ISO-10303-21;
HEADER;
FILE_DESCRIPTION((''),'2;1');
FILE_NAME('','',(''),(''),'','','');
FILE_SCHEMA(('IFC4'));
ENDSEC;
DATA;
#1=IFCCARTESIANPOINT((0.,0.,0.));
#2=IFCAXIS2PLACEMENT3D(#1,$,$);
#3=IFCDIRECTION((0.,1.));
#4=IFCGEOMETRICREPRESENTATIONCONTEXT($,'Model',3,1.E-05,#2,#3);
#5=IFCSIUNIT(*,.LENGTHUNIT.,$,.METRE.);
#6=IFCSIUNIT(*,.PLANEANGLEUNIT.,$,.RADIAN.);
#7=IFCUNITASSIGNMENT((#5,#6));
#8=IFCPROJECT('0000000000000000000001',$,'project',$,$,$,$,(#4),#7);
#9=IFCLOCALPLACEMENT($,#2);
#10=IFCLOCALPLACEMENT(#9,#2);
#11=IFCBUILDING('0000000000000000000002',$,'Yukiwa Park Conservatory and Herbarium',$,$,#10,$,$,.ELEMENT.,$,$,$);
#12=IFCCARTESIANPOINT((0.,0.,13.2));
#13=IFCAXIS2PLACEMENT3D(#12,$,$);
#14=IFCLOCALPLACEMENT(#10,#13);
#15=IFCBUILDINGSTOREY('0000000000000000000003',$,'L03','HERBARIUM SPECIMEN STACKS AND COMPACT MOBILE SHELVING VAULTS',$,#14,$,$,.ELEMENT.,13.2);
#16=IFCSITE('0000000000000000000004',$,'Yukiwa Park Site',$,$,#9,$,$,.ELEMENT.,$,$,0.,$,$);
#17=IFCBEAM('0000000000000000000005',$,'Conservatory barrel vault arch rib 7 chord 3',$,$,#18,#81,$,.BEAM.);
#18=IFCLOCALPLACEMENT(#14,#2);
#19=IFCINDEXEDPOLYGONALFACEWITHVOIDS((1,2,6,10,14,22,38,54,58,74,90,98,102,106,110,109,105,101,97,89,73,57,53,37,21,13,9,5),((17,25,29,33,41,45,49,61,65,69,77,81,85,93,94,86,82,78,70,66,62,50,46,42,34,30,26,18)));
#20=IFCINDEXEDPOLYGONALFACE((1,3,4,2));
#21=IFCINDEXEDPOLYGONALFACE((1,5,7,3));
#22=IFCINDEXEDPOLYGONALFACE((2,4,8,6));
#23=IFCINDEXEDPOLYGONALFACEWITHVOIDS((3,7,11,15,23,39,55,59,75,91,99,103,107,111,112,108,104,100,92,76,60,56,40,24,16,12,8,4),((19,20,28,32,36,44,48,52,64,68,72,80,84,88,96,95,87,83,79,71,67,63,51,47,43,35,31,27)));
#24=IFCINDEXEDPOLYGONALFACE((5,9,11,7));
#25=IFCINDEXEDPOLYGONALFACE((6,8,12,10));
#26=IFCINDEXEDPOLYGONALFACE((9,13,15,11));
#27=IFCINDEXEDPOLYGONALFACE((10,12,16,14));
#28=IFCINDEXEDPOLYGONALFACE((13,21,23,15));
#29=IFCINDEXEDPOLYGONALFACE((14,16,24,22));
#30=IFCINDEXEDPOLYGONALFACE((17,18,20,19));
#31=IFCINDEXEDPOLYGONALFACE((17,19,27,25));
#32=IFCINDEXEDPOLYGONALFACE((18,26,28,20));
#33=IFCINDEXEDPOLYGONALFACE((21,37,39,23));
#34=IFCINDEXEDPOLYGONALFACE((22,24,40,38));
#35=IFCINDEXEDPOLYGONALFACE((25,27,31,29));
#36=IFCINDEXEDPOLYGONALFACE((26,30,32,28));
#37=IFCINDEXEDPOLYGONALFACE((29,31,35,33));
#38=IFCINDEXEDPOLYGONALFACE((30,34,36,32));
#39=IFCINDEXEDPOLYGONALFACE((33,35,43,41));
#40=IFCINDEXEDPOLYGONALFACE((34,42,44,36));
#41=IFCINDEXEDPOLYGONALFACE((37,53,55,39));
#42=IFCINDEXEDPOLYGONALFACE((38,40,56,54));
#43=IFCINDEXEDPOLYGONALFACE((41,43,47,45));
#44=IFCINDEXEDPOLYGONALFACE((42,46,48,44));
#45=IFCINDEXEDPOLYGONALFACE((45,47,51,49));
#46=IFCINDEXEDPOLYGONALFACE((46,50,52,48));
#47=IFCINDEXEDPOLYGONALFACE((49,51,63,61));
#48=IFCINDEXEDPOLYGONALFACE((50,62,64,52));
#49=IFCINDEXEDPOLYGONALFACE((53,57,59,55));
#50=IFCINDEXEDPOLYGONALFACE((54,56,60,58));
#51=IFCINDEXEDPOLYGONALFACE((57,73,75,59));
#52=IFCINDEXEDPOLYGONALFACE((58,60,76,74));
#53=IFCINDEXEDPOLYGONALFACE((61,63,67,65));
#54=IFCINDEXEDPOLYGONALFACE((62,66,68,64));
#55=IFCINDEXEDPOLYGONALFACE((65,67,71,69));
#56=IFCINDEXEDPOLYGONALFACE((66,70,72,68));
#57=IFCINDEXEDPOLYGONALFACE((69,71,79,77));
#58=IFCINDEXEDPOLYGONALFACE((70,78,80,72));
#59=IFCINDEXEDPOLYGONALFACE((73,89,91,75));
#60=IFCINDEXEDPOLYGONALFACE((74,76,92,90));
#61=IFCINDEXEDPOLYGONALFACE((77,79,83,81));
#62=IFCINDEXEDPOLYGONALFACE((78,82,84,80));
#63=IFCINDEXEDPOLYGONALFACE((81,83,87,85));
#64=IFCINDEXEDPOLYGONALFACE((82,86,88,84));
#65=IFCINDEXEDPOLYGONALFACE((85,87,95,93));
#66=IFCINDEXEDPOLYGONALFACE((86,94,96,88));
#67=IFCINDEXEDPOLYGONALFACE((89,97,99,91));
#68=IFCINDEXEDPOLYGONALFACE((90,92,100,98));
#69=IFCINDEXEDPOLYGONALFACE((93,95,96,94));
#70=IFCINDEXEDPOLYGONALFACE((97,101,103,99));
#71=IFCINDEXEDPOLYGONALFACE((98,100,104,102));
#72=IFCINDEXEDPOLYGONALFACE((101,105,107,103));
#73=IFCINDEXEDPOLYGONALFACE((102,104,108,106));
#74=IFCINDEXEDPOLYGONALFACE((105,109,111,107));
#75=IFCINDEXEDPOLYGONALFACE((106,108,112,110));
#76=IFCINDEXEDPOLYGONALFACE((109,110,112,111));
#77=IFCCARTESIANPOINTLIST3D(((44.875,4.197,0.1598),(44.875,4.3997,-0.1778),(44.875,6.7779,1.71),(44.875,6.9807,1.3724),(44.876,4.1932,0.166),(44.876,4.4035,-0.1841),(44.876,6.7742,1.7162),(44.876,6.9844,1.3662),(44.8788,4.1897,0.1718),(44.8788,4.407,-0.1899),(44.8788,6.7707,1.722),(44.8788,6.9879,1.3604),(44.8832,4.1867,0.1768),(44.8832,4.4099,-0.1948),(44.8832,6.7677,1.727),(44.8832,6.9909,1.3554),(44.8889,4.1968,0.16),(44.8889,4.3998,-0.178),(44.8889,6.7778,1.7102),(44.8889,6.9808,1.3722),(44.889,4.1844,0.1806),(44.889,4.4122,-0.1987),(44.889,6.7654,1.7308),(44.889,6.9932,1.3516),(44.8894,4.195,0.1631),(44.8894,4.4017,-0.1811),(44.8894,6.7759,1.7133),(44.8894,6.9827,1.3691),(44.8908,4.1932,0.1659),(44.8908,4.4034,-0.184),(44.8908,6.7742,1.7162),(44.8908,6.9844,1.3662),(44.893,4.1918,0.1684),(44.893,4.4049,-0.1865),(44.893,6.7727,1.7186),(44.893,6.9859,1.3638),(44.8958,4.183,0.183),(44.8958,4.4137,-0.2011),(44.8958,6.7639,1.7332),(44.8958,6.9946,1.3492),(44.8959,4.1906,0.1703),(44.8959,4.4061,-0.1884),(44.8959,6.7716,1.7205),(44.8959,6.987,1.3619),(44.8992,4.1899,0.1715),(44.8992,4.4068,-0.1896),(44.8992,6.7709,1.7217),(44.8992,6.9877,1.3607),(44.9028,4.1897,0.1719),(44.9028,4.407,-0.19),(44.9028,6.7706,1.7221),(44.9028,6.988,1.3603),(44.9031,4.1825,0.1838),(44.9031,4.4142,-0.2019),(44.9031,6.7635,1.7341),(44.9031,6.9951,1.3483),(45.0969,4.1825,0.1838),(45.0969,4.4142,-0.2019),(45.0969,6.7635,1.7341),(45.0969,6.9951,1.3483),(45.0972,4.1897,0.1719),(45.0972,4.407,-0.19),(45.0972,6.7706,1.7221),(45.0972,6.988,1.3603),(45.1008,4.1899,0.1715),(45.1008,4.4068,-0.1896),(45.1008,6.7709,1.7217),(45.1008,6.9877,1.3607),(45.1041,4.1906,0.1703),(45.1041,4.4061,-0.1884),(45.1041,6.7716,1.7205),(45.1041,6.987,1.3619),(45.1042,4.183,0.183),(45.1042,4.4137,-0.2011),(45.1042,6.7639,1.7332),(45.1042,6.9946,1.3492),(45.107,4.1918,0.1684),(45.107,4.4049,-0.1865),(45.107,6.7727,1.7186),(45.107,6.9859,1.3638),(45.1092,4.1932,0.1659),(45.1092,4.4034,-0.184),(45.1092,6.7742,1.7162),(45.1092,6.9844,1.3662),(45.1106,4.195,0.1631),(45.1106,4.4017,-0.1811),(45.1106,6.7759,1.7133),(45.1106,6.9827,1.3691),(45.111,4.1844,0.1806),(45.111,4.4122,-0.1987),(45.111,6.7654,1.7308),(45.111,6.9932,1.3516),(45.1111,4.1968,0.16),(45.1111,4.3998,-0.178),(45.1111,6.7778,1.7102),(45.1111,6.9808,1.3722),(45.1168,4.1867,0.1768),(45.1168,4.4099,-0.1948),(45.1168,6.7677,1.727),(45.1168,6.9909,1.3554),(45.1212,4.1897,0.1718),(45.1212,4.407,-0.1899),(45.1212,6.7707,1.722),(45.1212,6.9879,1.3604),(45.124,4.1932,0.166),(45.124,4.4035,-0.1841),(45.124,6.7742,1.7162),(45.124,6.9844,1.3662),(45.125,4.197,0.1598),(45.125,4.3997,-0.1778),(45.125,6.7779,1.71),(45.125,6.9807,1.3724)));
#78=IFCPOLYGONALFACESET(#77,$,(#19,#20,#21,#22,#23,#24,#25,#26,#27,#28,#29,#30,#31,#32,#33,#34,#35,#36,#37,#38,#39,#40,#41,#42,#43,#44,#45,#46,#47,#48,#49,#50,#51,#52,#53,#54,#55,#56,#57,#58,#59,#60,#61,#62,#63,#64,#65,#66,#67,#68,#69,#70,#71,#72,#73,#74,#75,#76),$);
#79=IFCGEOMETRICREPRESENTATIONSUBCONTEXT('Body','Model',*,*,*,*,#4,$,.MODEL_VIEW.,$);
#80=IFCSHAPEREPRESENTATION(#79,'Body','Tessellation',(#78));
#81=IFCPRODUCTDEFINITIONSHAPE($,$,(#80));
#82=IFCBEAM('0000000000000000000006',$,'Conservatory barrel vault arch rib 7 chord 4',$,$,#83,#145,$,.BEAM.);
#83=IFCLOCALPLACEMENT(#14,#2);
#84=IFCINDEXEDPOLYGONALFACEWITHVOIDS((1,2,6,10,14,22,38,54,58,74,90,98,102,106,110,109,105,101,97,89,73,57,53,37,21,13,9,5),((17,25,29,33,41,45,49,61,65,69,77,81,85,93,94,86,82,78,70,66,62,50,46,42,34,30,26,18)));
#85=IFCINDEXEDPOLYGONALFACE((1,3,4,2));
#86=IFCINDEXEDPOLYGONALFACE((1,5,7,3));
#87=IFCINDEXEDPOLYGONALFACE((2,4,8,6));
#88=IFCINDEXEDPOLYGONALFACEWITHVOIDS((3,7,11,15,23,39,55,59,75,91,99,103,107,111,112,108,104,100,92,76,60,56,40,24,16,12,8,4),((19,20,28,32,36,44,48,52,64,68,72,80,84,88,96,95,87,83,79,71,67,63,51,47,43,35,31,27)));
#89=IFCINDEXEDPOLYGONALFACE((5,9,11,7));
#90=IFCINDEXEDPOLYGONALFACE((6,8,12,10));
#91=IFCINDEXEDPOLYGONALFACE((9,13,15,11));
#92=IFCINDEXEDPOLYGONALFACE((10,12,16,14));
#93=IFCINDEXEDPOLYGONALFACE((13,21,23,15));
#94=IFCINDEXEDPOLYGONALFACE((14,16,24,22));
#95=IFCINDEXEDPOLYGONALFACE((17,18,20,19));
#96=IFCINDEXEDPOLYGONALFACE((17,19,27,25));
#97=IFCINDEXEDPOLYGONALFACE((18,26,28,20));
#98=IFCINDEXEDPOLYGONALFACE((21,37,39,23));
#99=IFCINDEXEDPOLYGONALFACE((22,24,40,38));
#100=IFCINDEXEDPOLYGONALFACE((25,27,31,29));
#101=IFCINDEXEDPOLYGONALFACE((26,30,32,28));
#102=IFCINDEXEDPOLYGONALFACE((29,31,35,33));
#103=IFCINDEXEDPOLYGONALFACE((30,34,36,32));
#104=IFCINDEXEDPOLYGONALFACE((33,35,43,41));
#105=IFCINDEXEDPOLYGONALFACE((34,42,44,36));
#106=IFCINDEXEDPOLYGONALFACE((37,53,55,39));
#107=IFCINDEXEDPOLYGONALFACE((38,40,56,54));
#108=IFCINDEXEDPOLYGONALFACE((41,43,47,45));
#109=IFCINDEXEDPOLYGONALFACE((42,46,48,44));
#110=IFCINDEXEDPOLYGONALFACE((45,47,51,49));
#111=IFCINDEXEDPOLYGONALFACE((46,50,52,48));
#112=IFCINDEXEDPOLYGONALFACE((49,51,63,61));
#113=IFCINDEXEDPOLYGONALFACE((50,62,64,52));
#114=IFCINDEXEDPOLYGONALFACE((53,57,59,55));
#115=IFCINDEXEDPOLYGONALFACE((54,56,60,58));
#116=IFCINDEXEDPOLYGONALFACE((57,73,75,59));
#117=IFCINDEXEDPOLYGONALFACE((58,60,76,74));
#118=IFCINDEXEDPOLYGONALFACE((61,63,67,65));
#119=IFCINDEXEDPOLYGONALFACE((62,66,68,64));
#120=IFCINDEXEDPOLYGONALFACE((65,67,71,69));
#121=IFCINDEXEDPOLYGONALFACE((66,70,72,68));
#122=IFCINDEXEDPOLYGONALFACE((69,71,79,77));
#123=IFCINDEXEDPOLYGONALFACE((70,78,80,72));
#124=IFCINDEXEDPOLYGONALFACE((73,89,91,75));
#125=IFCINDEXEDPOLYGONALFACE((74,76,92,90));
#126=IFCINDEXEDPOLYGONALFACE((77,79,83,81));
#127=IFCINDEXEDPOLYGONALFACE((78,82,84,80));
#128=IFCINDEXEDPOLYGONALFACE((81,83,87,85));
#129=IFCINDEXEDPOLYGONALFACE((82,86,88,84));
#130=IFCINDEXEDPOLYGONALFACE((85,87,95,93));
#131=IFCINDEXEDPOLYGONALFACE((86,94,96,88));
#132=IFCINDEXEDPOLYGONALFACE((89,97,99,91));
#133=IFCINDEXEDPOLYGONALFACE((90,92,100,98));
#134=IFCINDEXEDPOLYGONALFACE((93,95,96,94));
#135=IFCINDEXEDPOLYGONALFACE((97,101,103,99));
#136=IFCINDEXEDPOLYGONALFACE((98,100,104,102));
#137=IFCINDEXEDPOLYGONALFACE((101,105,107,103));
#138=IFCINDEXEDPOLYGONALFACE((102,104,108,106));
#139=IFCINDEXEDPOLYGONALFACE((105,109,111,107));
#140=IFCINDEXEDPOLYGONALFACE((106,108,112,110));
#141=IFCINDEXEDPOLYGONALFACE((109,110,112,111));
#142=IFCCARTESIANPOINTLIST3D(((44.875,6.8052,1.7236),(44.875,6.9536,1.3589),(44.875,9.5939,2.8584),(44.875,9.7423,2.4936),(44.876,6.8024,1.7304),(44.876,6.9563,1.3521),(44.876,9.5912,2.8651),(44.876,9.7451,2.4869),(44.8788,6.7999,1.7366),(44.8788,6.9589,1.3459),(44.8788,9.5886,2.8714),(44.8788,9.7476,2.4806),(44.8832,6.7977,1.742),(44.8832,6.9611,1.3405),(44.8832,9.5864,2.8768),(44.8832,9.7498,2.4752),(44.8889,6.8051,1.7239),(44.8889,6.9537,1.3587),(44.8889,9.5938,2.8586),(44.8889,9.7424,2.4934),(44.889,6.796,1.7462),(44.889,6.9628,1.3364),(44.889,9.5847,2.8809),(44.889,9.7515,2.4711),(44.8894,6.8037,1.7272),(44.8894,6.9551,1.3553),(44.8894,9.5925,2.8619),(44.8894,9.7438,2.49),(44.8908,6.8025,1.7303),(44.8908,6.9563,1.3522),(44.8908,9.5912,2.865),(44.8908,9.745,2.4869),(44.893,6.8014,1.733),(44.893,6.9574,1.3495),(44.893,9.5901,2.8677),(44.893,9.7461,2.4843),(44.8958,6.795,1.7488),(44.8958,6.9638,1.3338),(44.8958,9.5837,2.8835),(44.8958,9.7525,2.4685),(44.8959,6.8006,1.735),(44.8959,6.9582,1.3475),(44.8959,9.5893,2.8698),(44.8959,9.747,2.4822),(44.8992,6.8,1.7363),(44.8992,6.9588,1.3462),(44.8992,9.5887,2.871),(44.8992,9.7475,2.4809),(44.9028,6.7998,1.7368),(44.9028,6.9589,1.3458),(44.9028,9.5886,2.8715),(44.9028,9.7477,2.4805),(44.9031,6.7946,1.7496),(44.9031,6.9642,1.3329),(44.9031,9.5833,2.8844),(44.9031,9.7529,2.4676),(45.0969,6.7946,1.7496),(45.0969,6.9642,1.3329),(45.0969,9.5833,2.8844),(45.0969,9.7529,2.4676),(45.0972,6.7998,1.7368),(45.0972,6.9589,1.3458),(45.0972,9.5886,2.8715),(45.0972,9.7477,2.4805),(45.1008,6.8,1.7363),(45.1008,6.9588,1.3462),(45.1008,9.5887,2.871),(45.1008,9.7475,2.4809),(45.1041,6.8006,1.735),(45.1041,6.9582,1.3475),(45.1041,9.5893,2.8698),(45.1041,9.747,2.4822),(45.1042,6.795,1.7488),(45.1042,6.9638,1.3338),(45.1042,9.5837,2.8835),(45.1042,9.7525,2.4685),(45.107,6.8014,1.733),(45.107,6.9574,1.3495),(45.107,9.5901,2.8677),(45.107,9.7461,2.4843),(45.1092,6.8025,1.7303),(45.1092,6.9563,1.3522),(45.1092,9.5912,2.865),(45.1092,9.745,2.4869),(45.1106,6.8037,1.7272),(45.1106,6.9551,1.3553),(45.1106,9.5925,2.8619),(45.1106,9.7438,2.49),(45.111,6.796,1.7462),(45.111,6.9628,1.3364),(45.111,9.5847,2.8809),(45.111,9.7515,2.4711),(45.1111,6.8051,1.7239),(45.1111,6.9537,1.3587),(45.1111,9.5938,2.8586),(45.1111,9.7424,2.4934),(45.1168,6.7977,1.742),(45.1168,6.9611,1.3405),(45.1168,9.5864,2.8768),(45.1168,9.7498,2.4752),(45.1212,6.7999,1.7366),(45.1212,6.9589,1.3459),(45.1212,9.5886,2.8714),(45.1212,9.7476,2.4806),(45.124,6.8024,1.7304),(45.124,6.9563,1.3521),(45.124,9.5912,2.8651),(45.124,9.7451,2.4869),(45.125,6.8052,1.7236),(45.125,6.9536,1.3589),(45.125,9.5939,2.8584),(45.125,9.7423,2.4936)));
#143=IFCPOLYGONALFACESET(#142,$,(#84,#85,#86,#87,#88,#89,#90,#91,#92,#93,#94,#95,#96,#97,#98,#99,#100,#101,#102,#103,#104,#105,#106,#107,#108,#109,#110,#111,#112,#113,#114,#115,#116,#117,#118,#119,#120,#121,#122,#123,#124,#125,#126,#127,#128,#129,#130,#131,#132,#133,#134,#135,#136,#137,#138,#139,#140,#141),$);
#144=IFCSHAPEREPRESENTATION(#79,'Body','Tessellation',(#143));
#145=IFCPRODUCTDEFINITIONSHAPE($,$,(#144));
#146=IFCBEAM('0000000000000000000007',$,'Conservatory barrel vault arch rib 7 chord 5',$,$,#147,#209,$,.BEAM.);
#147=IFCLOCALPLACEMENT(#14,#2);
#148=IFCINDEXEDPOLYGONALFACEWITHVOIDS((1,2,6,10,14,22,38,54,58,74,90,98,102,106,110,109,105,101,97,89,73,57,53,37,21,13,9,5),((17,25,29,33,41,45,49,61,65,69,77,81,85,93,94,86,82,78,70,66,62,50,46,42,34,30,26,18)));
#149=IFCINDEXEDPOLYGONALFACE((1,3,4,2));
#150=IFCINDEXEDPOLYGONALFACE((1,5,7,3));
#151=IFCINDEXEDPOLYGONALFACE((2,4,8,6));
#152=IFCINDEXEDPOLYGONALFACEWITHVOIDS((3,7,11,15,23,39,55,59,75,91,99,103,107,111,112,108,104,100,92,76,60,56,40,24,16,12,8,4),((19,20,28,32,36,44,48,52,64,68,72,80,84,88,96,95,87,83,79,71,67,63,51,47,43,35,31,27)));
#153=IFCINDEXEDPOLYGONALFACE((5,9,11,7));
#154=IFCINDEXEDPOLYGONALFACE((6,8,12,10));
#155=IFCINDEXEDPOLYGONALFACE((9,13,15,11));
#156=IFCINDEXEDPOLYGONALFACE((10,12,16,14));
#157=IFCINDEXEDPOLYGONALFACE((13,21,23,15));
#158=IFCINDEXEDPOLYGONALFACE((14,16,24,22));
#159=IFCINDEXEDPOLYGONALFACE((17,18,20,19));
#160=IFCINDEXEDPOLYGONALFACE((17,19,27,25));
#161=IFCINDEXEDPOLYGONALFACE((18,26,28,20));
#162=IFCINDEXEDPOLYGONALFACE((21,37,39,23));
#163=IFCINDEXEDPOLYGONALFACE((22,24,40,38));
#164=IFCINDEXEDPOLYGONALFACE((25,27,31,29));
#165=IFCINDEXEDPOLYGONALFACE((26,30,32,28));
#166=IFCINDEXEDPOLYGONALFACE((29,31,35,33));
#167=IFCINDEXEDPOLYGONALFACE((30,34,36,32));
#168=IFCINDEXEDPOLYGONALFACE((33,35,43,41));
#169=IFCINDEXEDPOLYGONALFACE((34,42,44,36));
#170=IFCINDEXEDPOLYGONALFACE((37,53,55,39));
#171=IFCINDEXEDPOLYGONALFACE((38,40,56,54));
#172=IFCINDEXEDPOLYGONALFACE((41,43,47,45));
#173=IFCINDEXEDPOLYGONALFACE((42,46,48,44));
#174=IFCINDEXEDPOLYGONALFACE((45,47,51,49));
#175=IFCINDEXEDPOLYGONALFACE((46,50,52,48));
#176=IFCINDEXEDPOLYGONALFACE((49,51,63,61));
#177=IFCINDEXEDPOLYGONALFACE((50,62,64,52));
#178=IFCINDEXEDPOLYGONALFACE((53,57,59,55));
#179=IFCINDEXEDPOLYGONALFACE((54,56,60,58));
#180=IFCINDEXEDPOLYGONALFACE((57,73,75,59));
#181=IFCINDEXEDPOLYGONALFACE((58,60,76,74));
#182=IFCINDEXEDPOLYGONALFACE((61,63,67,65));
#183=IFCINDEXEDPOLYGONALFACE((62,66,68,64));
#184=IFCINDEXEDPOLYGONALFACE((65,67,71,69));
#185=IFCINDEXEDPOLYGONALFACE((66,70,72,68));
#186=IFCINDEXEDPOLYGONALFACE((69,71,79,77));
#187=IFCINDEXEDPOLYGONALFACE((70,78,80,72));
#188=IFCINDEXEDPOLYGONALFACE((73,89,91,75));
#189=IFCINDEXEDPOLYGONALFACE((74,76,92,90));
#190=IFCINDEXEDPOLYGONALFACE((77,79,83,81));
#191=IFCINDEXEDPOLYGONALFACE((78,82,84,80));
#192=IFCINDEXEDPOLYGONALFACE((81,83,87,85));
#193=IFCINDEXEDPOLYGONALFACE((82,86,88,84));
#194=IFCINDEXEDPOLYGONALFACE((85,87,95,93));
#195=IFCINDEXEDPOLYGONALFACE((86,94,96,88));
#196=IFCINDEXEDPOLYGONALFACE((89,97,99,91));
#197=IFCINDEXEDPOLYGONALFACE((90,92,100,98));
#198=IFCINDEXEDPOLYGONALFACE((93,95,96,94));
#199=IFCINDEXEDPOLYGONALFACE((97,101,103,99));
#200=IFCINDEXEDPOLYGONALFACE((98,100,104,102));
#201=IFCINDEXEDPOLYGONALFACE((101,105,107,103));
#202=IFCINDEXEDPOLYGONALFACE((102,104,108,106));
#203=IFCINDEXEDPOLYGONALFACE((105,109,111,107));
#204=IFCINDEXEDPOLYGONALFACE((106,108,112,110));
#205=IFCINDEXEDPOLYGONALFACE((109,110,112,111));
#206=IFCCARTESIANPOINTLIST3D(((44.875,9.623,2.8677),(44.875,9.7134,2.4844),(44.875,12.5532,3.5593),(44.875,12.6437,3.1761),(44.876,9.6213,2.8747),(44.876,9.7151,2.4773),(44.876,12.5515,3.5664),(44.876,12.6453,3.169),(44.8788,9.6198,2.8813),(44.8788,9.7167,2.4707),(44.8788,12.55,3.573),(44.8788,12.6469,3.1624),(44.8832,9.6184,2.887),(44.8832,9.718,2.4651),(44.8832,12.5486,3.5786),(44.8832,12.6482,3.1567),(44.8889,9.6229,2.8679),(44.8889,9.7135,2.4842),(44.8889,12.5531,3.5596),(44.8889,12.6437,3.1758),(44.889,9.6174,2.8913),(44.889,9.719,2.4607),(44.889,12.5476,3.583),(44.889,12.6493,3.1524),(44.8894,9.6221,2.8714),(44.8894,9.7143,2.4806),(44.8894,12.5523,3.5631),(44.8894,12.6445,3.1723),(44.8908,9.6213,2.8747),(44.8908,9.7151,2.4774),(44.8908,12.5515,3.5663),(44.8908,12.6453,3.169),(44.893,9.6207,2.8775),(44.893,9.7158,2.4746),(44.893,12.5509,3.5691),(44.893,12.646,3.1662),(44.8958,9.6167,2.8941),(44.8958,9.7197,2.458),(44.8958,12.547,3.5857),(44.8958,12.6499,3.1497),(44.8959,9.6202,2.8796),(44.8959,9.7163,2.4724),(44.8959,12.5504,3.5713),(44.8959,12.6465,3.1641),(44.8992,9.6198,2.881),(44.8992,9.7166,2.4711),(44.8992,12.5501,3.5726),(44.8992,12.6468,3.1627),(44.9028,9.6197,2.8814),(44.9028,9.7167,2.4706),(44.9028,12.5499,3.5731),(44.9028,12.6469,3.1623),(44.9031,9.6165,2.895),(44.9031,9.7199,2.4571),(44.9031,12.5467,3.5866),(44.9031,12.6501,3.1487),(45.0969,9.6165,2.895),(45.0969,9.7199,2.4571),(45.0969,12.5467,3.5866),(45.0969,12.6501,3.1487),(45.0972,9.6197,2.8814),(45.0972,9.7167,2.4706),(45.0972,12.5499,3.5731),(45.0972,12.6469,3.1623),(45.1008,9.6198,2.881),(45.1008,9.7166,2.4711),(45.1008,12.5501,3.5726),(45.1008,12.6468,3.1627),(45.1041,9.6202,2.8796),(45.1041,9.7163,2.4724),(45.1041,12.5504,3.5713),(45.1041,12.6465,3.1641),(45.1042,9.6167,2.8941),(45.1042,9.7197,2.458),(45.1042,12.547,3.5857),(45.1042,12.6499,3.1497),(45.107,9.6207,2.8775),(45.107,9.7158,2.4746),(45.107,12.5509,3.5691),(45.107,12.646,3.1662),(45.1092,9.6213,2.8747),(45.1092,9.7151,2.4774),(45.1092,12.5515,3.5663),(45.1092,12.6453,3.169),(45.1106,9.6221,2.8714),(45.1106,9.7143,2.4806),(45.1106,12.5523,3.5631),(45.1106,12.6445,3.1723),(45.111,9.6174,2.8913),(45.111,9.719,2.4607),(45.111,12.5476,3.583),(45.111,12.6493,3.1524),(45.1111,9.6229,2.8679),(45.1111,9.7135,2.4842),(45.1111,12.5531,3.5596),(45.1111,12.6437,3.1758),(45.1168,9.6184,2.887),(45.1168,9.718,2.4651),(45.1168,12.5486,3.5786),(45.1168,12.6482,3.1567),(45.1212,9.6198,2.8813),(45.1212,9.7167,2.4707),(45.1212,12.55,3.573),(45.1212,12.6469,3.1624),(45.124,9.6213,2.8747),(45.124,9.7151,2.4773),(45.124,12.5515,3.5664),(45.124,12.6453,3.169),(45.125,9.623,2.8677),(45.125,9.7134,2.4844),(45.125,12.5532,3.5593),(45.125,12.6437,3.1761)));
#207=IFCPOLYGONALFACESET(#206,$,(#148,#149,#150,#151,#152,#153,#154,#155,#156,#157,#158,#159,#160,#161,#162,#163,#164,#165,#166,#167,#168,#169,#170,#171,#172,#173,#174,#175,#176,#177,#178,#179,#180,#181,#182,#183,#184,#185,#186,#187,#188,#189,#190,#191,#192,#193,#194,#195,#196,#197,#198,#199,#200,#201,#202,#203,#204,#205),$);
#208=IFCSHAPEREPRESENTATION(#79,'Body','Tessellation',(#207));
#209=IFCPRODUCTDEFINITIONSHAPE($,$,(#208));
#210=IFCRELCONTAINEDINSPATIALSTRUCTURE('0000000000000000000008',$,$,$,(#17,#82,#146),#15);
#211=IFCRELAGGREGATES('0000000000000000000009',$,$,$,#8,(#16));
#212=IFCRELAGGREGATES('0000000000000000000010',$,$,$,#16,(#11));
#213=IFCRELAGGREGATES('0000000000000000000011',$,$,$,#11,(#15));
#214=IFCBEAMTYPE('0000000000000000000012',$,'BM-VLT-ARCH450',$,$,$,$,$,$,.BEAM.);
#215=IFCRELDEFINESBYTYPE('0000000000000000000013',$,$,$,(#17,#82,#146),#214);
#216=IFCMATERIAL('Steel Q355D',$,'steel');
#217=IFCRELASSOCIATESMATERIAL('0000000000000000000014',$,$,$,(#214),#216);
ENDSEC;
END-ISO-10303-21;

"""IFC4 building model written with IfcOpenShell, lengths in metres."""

from ifc_helpers import new_model, si_unit, direction, frame, origin, origin_2d, place, context, subcontext, project, spatial, hollow_rectangle, extrude, material, material_profile, profile_set, type_object, element, save


model = new_model("IFC4")

# Units and contexts
model_context = context("Model", 3, precision=1e-05, world=origin(), true_north=direction((0.0, 1.0)))
body_context = subcontext(model_context, "Body", "Model", "MODEL_VIEW")
ifc_project = project(units=[si_unit("LENGTHUNIT", "METRE"), si_unit("PLANEANGLEUNIT", "RADIAN")], contexts=[model_context])

# Site, building, storey
site_placement = place(None, origin())
site = spatial("IfcSite", under=ifc_project, at=site_placement, Name="Yukiwa Park Site", CompositionType="ELEMENT", RefElevation=0.0)
building_placement = place(site_placement, origin())
building = spatial("IfcBuilding", under=site, at=building_placement, Name="Yukiwa Park Conservatory and Herbarium", CompositionType="ELEMENT")
storey_placement = place(building_placement, frame((0.0, 0.0, 13.2)))
storey = spatial("IfcBuildingStorey", under=building, at=storey_placement, Name="L03", Description="HERBARIUM SPECIMEN STACKS AND COMPACT MOBILE SHELVING VAULTS", CompositionType="ELEMENT", Elevation=13.2)

# Beams
ifc_material_1 = material(Name="Steel Q355D", Category="steel")
ifc_material_profile_1 = material_profile(ifc_material_1, hollow_rectangle(XDim=0.25, YDim=0.45, WallThickness=0.0139, InnerFilletRadius=0.0139, OuterFilletRadius=0.0281, at=origin_2d()), Name="RHS 450x250x14")
ifc_profile_set_1 = profile_set([ifc_material_profile_1], Name="Steel Q355D")
beam_type = type_object("IfcBeamType", Name="BM-VLT-ARCH450", PredefinedType="BEAM", material=ifc_profile_set_1)
for number, where, z_axis, x_axis, name in (
    (1, (45.0, 4.2983, -0.009), (0.0, 0.85725, 0.514901), (-1.0, 0.0, 0.0), "Conservatory barrel vault arch rib 7 chord 3"),
    (2, (45.0, 6.8794, 1.5413), (0.0, 0.926257, 0.376892), (-1.0, 0.0, 0.0), "Conservatory barrel vault arch rib 7 chord 4"),
    (3, (45.0, 9.6682, 2.676), (0.0, 0.973254, 0.229731), (-1.0, 0.0, 0.0), "Conservatory barrel vault arch rib 7 chord 5"),
):
    element("IfcBeam", number, at=place(storey_placement, frame(where, z_axis=z_axis, x_axis=x_axis)), inside=storey, type_object=beam_type, Name=name, PredefinedType="BEAM", context=body_context, shape_type="SweptSolid", body=[
        extrude(hollow_rectangle(XDim=0.25, YDim=0.45, WallThickness=0.0139, InnerFilletRadius=0.0139, OuterFilletRadius=0.0281, at=origin_2d()), origin(), (0.0, 0.0, 1.0), 3.0107),
    ])

save(model, "model.ifc")
